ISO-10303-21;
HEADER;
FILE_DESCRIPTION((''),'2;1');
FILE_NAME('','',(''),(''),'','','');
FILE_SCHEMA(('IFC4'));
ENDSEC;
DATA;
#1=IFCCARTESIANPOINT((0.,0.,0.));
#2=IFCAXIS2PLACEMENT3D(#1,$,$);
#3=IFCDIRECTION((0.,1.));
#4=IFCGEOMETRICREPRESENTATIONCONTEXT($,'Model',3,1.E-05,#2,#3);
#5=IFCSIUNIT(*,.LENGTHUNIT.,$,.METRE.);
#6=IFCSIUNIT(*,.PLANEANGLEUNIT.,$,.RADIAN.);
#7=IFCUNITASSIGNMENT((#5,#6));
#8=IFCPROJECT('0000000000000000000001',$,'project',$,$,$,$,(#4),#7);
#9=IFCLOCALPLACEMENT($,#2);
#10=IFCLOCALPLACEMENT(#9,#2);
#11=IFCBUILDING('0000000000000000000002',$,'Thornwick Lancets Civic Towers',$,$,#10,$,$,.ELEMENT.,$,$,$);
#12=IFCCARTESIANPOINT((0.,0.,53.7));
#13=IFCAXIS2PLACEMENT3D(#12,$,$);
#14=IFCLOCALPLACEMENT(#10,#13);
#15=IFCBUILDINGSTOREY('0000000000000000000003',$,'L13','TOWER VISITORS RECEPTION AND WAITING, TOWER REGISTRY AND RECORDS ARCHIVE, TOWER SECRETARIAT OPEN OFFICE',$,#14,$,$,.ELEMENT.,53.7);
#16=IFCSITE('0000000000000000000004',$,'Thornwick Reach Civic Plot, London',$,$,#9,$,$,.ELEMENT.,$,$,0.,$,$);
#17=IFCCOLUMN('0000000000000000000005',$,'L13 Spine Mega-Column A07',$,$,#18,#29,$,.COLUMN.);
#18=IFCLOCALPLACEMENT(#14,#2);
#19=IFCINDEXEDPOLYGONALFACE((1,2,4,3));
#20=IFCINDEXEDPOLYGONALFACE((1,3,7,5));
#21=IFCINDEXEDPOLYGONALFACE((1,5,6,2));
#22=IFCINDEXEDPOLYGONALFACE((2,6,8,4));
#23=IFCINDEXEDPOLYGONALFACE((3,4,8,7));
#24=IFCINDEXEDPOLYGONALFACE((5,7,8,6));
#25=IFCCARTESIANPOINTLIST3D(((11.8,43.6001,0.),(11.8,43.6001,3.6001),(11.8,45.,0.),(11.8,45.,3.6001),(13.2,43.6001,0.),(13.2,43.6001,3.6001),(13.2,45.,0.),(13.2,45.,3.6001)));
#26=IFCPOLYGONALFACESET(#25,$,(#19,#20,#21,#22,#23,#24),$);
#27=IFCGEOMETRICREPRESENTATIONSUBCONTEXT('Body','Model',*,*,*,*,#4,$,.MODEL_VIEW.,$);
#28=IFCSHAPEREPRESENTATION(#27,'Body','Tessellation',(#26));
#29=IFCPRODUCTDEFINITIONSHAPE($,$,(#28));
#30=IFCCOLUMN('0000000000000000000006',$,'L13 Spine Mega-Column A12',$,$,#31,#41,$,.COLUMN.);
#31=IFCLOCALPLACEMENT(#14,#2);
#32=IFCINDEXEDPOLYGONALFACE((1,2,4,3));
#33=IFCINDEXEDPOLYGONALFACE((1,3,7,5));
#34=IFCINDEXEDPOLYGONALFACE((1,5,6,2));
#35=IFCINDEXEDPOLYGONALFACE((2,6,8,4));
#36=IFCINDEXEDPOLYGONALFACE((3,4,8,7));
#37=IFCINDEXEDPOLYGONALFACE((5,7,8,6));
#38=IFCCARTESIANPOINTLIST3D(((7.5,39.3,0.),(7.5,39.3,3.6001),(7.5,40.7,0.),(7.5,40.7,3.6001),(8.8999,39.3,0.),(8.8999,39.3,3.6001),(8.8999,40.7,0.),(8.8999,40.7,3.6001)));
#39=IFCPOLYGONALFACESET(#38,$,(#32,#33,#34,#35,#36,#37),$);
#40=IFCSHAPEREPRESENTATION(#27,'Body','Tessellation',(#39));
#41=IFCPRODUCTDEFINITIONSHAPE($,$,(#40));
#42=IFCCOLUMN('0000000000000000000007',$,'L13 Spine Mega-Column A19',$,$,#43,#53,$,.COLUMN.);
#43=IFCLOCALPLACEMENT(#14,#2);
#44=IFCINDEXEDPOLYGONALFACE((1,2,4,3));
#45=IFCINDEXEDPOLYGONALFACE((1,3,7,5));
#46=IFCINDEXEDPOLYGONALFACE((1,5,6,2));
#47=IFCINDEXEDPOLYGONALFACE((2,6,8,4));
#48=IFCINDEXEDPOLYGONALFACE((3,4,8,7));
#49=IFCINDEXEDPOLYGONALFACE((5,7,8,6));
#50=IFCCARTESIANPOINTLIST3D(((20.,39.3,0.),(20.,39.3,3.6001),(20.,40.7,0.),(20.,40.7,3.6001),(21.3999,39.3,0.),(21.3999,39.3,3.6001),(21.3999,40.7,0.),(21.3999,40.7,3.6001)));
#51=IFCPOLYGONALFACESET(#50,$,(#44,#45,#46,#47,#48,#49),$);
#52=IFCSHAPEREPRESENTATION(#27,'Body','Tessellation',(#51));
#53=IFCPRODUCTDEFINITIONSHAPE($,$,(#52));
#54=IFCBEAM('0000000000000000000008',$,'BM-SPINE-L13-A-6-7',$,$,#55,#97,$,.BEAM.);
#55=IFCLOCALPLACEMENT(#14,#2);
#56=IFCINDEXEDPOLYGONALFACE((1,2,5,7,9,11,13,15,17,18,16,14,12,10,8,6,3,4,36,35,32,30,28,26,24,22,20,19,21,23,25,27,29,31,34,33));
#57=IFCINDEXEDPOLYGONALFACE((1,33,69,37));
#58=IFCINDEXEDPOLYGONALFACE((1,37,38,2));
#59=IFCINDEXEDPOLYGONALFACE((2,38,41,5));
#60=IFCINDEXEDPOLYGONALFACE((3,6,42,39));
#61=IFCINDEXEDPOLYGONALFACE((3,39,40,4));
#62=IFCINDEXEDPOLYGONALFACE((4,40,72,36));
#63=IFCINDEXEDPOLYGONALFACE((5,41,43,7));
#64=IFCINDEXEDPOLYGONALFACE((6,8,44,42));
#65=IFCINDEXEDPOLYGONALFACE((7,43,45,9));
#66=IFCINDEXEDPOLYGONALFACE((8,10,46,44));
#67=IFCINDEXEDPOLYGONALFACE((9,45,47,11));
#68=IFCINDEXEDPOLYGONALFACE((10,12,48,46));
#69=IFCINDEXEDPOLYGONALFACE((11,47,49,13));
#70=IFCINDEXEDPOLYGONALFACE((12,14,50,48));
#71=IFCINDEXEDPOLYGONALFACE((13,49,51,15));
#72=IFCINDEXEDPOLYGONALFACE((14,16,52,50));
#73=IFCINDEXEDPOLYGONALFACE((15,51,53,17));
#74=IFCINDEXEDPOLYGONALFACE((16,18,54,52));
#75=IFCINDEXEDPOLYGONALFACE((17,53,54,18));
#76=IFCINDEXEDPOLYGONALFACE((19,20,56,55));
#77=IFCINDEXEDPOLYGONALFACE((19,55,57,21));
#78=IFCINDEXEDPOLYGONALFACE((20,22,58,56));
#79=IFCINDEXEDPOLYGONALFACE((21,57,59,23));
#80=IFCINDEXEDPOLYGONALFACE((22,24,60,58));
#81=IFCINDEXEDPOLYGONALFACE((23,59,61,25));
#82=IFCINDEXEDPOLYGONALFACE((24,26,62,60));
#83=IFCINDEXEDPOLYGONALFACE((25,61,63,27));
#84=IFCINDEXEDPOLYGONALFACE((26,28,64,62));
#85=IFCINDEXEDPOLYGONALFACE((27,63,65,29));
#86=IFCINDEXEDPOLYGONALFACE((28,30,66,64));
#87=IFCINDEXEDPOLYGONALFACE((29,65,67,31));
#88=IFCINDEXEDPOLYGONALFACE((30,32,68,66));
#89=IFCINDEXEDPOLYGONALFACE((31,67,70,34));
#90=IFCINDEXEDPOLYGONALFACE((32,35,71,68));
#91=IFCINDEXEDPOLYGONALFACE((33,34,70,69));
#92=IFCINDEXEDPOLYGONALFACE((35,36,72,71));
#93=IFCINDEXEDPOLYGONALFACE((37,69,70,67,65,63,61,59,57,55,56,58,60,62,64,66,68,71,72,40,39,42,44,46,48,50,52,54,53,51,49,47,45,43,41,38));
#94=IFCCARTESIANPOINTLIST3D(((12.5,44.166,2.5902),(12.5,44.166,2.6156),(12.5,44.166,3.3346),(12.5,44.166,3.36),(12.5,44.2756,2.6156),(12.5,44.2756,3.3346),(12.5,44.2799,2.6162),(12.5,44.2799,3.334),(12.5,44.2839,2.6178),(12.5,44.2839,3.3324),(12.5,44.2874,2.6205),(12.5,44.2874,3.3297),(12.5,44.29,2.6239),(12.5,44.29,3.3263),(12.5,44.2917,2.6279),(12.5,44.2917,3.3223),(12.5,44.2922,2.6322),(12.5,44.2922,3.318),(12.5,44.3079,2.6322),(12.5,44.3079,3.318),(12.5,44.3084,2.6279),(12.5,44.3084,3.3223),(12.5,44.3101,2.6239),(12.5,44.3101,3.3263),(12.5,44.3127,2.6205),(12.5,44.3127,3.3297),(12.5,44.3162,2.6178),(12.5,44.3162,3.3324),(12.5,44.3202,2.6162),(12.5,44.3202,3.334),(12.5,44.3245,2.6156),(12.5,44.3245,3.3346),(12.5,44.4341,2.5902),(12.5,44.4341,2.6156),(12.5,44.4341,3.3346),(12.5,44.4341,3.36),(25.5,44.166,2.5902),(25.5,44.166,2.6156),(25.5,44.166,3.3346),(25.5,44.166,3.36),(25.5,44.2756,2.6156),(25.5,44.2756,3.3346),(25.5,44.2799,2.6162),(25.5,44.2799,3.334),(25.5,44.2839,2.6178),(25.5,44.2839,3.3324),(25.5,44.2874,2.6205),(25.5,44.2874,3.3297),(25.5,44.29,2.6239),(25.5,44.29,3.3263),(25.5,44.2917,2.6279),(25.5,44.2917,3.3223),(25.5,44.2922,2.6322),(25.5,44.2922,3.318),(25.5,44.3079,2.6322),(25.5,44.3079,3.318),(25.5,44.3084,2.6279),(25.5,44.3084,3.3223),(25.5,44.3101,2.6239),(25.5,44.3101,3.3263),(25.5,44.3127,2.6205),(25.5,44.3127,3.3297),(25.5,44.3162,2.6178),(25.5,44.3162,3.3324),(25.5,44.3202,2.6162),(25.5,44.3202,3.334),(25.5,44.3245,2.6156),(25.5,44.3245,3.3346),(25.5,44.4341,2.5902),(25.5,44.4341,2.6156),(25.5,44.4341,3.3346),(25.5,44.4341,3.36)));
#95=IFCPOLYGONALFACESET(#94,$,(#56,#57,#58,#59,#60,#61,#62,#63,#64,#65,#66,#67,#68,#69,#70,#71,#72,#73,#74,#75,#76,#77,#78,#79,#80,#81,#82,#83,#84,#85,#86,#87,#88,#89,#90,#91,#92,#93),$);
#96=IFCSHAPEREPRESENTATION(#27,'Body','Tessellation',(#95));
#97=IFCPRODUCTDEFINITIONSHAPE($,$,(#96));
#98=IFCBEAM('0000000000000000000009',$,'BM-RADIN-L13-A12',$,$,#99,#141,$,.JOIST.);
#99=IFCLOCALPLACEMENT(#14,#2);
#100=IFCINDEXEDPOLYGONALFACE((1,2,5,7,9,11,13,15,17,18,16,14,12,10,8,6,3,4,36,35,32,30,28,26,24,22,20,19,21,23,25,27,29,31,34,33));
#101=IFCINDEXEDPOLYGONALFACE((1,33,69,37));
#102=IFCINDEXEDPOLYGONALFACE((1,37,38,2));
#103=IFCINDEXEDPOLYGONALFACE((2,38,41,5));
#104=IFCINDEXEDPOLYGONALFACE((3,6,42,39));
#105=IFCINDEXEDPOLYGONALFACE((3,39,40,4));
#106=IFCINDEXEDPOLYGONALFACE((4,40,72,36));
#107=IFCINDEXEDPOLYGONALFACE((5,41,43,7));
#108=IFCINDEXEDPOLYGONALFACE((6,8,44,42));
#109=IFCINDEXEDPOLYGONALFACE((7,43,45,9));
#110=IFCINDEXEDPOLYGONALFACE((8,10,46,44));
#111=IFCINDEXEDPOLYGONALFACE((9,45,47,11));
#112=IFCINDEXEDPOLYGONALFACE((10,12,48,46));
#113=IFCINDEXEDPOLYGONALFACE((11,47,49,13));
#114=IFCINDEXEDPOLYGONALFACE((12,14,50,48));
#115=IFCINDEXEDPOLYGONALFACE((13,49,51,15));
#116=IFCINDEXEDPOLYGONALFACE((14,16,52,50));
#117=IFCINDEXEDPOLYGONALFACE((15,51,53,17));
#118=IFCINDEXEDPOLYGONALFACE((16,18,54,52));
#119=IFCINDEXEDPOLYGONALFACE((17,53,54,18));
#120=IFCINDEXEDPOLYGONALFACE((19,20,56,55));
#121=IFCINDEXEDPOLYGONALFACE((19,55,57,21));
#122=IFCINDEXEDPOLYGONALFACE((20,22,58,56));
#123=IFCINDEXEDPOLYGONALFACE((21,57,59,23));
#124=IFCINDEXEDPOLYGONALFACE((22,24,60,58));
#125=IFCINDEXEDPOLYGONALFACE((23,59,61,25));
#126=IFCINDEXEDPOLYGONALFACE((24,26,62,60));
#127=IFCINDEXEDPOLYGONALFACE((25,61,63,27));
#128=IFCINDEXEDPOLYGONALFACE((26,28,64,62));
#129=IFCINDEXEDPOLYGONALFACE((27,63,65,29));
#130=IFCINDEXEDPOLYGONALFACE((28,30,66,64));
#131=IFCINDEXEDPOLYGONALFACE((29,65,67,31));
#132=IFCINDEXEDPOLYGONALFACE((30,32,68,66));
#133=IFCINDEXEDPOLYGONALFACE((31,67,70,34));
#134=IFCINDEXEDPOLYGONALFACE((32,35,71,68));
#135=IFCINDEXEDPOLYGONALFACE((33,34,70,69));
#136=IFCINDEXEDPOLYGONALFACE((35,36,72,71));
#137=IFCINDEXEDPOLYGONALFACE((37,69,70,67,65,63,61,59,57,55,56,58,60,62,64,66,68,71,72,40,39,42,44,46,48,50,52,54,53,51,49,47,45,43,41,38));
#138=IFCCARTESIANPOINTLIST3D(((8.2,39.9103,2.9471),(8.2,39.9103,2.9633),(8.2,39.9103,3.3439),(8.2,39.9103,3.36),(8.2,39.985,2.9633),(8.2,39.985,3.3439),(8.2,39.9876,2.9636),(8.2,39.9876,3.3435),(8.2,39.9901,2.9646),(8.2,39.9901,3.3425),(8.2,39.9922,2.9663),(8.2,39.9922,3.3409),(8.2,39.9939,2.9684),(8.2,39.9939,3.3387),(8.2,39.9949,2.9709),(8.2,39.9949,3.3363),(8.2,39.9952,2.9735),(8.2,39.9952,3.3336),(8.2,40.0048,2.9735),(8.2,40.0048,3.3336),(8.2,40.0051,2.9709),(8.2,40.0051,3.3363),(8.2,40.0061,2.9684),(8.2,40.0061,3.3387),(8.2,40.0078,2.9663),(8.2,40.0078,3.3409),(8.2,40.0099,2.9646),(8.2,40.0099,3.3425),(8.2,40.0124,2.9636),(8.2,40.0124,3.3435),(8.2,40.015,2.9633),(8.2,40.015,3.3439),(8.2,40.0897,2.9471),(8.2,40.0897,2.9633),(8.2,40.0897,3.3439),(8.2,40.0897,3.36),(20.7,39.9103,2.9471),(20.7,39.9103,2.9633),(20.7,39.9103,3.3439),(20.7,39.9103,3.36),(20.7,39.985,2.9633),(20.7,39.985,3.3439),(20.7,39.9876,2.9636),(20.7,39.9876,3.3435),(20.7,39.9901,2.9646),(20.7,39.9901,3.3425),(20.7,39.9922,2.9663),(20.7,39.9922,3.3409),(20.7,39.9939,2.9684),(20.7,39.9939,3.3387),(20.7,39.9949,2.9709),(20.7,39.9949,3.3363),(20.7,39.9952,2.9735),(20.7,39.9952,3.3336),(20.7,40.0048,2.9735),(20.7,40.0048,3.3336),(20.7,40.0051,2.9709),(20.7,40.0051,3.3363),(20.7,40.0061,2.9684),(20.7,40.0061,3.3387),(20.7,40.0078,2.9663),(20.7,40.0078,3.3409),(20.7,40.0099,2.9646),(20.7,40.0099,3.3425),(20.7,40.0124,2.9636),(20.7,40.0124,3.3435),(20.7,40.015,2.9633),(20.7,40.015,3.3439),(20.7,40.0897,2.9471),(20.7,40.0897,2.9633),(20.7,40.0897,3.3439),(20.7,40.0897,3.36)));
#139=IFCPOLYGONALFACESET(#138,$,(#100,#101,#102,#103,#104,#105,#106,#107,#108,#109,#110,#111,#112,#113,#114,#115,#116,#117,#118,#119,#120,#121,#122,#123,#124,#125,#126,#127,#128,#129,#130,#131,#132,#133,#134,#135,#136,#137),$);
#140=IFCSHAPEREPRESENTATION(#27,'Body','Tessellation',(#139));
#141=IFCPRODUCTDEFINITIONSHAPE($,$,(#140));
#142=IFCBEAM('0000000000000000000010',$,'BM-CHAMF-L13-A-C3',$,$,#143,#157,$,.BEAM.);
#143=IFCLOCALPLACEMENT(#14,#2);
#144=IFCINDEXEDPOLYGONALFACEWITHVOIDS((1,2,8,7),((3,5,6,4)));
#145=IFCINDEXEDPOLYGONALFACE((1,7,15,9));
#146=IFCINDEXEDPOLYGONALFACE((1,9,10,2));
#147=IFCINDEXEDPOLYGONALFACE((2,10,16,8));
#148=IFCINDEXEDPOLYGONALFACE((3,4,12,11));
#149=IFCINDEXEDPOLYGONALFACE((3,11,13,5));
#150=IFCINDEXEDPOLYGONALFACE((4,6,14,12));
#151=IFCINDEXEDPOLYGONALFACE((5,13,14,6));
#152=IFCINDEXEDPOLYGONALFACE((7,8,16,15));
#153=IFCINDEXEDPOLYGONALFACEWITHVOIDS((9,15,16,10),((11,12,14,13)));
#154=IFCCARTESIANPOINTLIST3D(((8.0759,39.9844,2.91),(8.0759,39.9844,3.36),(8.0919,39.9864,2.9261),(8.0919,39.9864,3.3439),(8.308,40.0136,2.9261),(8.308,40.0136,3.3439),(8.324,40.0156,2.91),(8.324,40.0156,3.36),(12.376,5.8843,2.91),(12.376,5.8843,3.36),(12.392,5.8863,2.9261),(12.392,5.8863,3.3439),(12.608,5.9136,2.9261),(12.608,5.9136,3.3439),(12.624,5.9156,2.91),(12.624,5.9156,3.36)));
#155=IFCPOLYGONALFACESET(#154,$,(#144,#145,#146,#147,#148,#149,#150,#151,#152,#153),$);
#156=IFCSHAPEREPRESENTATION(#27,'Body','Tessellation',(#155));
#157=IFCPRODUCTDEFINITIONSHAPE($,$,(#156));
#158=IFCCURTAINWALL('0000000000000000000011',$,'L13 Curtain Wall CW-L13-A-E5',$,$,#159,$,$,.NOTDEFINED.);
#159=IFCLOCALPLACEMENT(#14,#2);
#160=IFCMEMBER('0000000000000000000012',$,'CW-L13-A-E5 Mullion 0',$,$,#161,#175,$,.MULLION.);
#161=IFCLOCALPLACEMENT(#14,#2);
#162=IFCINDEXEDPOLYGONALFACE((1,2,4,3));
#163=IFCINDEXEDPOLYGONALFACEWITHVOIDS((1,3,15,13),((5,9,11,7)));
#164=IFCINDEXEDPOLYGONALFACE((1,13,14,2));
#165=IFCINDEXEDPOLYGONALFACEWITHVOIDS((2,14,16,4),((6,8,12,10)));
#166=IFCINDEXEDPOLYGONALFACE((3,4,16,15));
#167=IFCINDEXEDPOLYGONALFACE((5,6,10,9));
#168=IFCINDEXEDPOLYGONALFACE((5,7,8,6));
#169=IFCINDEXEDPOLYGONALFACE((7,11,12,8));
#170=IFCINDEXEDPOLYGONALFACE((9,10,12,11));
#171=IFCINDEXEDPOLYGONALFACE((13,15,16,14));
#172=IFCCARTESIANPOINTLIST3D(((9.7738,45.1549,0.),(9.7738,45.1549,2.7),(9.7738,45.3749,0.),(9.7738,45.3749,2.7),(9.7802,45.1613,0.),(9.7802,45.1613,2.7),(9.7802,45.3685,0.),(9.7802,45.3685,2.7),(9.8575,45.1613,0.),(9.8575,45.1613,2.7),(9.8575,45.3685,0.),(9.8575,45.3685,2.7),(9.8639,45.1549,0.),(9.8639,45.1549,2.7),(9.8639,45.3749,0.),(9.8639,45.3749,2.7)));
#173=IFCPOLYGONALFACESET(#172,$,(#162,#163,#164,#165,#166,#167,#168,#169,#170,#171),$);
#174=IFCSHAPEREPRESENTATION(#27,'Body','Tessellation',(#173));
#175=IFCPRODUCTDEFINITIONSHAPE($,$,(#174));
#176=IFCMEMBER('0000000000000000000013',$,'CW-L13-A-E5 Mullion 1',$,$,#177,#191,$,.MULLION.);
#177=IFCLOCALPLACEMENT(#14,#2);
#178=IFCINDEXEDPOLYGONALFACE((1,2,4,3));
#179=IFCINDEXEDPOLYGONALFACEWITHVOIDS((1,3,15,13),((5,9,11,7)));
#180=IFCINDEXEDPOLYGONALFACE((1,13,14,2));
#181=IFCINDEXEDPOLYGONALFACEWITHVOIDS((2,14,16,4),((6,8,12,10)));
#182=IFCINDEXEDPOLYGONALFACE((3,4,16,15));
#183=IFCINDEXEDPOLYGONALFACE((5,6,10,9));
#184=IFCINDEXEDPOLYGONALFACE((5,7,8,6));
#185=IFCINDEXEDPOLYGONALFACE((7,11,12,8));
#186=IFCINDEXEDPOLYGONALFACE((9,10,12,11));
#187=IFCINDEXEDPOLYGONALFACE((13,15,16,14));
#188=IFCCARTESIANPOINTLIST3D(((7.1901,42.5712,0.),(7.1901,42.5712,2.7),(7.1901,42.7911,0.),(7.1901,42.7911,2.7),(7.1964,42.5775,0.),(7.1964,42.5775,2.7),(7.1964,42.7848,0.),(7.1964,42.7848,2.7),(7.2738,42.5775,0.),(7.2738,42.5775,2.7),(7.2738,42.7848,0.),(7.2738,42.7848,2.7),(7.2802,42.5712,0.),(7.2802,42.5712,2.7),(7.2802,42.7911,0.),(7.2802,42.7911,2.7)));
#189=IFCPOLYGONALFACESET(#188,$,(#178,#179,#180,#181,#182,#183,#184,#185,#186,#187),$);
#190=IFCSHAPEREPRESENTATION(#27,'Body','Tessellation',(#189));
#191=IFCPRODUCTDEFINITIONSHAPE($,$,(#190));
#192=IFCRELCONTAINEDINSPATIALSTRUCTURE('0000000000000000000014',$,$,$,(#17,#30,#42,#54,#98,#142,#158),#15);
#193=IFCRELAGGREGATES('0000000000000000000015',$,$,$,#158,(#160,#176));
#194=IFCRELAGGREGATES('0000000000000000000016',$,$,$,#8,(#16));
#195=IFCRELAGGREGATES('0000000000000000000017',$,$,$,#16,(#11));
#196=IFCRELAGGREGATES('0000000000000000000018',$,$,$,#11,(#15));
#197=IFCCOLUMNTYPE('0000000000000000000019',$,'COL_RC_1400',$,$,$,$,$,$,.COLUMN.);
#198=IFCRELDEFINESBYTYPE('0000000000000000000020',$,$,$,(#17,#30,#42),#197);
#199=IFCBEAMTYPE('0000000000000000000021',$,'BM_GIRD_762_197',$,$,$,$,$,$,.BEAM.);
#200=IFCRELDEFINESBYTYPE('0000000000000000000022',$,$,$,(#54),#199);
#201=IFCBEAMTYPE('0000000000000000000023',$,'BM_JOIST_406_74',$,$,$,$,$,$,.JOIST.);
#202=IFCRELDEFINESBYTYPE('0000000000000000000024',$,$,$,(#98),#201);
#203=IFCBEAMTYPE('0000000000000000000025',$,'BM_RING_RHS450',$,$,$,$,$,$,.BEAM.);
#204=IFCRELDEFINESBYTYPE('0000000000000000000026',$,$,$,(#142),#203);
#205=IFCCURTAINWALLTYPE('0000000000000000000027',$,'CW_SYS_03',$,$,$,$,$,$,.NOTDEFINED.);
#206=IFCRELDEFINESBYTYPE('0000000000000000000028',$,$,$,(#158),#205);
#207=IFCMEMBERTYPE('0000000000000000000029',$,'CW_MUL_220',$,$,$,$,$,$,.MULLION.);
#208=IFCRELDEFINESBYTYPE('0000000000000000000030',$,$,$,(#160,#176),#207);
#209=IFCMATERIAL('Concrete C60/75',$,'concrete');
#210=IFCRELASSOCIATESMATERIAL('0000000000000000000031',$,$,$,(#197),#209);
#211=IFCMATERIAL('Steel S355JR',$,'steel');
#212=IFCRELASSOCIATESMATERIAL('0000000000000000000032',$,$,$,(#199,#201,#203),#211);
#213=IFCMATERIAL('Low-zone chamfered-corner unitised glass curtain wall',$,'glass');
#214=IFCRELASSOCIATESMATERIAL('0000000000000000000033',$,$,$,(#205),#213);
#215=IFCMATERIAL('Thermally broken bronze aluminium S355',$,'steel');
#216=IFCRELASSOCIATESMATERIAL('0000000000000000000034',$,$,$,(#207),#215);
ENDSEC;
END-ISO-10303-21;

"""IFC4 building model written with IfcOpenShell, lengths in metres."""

from ifc_helpers import new_model, si_unit, direction, frame, origin, origin_2d, place, context, subcontext, project, spatial, rectangle, hollow_rectangle, i_section, extrude, material, material_profile, profile_set, type_object, element, aggregate, save


model = new_model("IFC4")

# Units and contexts
model_context = context("Model", 3, precision=1e-05, world=origin(), true_north=direction((0.0, 1.0)))
body_context = subcontext(model_context, "Body", "Model", "MODEL_VIEW")
ifc_project = project(units=[si_unit("LENGTHUNIT", "METRE"), si_unit("PLANEANGLEUNIT", "RADIAN")], contexts=[model_context])

# Site, building, storey
site_placement = place(None, origin())
site = spatial("IfcSite", under=ifc_project, at=site_placement, Name="Thornwick Reach Civic Plot, London", CompositionType="ELEMENT", RefElevation=0.0)
building_placement = place(site_placement, origin())
building = spatial("IfcBuilding", under=site, at=building_placement, Name="Thornwick Lancets Civic Towers", CompositionType="ELEMENT")
storey_placement = place(building_placement, frame((0.0, 0.0, 53.7)))
storey = spatial("IfcBuildingStorey", under=building, at=storey_placement, Name="L13", Description="TOWER VISITORS RECEPTION AND WAITING, TOWER REGISTRY AND RECORDS ARCHIVE, TOWER SECRETARIAT OPEN OFFICE", CompositionType="ELEMENT", Elevation=53.7)

# Columns
ifc_material_1 = material(Name="Concrete C60/75", Category="concrete")
ifc_material_profile_1 = material_profile(ifc_material_1, rectangle(XDim=1.3999, YDim=1.3999, at=origin_2d()), Name="RC 1400x1400")
ifc_profile_set_1 = profile_set([ifc_material_profile_1], Name="Concrete C60/75")
column_type = type_object("IfcColumnType", Name="COL_RC_1400", PredefinedType="COLUMN", material=ifc_profile_set_1)
for number, where, z_axis, x_axis, name in (
    (1, (12.5, 44.3, 0.0), (0.0, 0.0, 1.0), (1.0, 0.0, 0.0), "L13 Spine Mega-Column A07"),
    (2, (8.2, 40.0, 0.0), (0.0, 0.0, 1.0), (1.0, 0.0, 0.0), "L13 Spine Mega-Column A12"),
    (3, (20.7, 40.0, 0.0), (0.0, 0.0, 1.0), (1.0, 0.0, 0.0), "L13 Spine Mega-Column A19"),
):
    element("IfcColumn", number, at=place(storey_placement, frame(where, z_axis=z_axis, x_axis=x_axis)), inside=storey, type_object=column_type, Name=name, PredefinedType="COLUMN", context=body_context, shape_type="SweptSolid", body=[
        extrude(rectangle(XDim=1.3999, YDim=1.3999, at=origin_2d()), origin(), (0.0, 0.0, 1.0), 3.6001),
    ])

# Beams
ifc_material_2 = material(Name="Steel S355JR", Category="steel")
ifc_material_profile_2 = material_profile(ifc_material_2, i_section(OverallWidth=0.2681, OverallDepth=0.7698, WebThickness=0.0156, FlangeThickness=0.0254, FilletRadius=0.0166, at=origin_2d()), Name="UKB 762x267x197")
ifc_profile_set_2 = profile_set([ifc_material_profile_2], Name="Steel S355JR")
beam_type_1 = type_object("IfcBeamType", Name="BM_GIRD_762_197", PredefinedType="BEAM", material=ifc_profile_set_2)
beam_1_placement = place(storey_placement, frame((12.5, 44.3, 2.9751), z_axis=(1.0, 0.0, 0.0), x_axis=(0.0, 1.0, 0.0)))
element("IfcBeam", 4, at=beam_1_placement, inside=storey, type_object=beam_type_1, Name="BM-SPINE-L13-A-6-7", PredefinedType="BEAM", context=body_context, shape_type="SweptSolid", body=[
    extrude(i_section(OverallWidth=0.2681, OverallDepth=0.7698, WebThickness=0.0156, FlangeThickness=0.0254, FilletRadius=0.0166, at=origin_2d()), origin(), (0.0, 0.0, 1.0), 13.0),
])
ifc_material_profile_3 = material_profile(ifc_material_2, i_section(OverallWidth=0.1794, OverallDepth=0.4128, WebThickness=0.0095, FlangeThickness=0.0161, FilletRadius=0.0103, at=origin_2d()), Name="UKB 406x178x74")
ifc_profile_set_3 = profile_set([ifc_material_profile_3], Name="Steel S355JR")
beam_type_2 = type_object("IfcBeamType", Name="BM_JOIST_406_74", PredefinedType="JOIST", material=ifc_profile_set_3)
beam_2_placement = place(storey_placement, frame((20.7, 40.0, 3.1536), z_axis=(-1.0, 0.0, 0.0), x_axis=(0.0, -1.0, 0.0)))
element("IfcBeam", 5, at=beam_2_placement, inside=storey, type_object=beam_type_2, Name="BM-RADIN-L13-A12", PredefinedType="JOIST", context=body_context, shape_type="SweptSolid", body=[
    extrude(i_section(OverallWidth=0.1794, OverallDepth=0.4128, WebThickness=0.0095, FlangeThickness=0.0161, FilletRadius=0.0103, at=origin_2d()), origin(), (0.0, 0.0, 1.0), 12.5),
])
ifc_material_profile_4 = material_profile(ifc_material_2, hollow_rectangle(XDim=0.25, YDim=0.45, WallThickness=0.0161, at=origin_2d()), Name="RHS 450x250x16")
ifc_profile_set_4 = profile_set([ifc_material_profile_4], Name="Steel S355JR")
beam_type_3 = type_object("IfcBeamType", Name="BM_RING_RHS450", PredefinedType="BEAM", material=ifc_profile_set_4)
beam_3_placement = place(storey_placement, frame((8.2, 40.0, 3.135), z_axis=(0.12511, -0.992143, 0.0), x_axis=(0.992143, 0.12511, 0.0)))
element("IfcBeam", 6, at=beam_3_placement, inside=storey, type_object=beam_type_3, Name="BM-CHAMF-L13-A-C3", PredefinedType="BEAM", context=body_context, shape_type="SweptSolid", body=[
    extrude(hollow_rectangle(XDim=0.25, YDim=0.45, WallThickness=0.0161, at=origin_2d()), origin(), (0.0, 0.0, 1.0), 34.3701),
])

# Curtain wall, members
ifc_material_3 = material(Name="Low-zone chamfered-corner unitised glass curtain wall", Category="glass")
curtain_wall_type = type_object("IfcCurtainWallType", Name="CW_SYS_03", PredefinedType="NOTDEFINED", material=ifc_material_3)
curtain_wall_placement = place(storey_placement, origin())
curtain_wall = element("IfcCurtainWall", 7, at=curtain_wall_placement, inside=storey, type_object=curtain_wall_type, Name="L13 Curtain Wall CW-L13-A-E5", PredefinedType="NOTDEFINED")
ifc_material_4 = material(Name="Thermally broken bronze aluminium S355", Category="steel")
ifc_material_profile_5 = material_profile(ifc_material_4, hollow_rectangle(XDim=0.0901, YDim=0.22, WallThickness=0.0063, at=origin_2d()), Name="RHS 220x90x6.3")
ifc_profile_set_5 = profile_set([ifc_material_profile_5], Name="Thermally broken bronze aluminium S355")
member_type_1 = type_object("IfcMemberType", Name="CW_MUL_220", PredefinedType="MULLION", material=ifc_profile_set_5)
member_1_placement = place(storey_placement, frame((9.8188, 45.2649, 0.0), z_axis=(0.0, 0.0, 1.0), x_axis=(1.0, 0.0, 0.0)))
member_1 = element("IfcMember", 8, at=member_1_placement, type_object=member_type_1, Name="CW-L13-A-E5 Mullion 0", PredefinedType="MULLION", context=body_context, shape_type="SweptSolid", body=[
    extrude(hollow_rectangle(XDim=0.0901, YDim=0.22, WallThickness=0.0063, at=origin_2d()), origin(), (0.0, 0.0, 1.0), 2.7),
])
member_2_placement = place(storey_placement, frame((7.2351, 42.6812, 0.0), z_axis=(0.0, 0.0, 1.0), x_axis=(1.0, 0.0, 0.0)))
member_2 = element("IfcMember", 9, at=member_2_placement, type_object=member_type_1, Name="CW-L13-A-E5 Mullion 1", PredefinedType="MULLION", context=body_context, shape_type="SweptSolid", body=[
    extrude(hollow_rectangle(XDim=0.0901, YDim=0.22, WallThickness=0.0063, at=origin_2d()), origin(), (0.0, 0.0, 1.0), 2.7),
])
aggregate(curtain_wall, [member_1, member_2])

save(model, "model.ifc")
